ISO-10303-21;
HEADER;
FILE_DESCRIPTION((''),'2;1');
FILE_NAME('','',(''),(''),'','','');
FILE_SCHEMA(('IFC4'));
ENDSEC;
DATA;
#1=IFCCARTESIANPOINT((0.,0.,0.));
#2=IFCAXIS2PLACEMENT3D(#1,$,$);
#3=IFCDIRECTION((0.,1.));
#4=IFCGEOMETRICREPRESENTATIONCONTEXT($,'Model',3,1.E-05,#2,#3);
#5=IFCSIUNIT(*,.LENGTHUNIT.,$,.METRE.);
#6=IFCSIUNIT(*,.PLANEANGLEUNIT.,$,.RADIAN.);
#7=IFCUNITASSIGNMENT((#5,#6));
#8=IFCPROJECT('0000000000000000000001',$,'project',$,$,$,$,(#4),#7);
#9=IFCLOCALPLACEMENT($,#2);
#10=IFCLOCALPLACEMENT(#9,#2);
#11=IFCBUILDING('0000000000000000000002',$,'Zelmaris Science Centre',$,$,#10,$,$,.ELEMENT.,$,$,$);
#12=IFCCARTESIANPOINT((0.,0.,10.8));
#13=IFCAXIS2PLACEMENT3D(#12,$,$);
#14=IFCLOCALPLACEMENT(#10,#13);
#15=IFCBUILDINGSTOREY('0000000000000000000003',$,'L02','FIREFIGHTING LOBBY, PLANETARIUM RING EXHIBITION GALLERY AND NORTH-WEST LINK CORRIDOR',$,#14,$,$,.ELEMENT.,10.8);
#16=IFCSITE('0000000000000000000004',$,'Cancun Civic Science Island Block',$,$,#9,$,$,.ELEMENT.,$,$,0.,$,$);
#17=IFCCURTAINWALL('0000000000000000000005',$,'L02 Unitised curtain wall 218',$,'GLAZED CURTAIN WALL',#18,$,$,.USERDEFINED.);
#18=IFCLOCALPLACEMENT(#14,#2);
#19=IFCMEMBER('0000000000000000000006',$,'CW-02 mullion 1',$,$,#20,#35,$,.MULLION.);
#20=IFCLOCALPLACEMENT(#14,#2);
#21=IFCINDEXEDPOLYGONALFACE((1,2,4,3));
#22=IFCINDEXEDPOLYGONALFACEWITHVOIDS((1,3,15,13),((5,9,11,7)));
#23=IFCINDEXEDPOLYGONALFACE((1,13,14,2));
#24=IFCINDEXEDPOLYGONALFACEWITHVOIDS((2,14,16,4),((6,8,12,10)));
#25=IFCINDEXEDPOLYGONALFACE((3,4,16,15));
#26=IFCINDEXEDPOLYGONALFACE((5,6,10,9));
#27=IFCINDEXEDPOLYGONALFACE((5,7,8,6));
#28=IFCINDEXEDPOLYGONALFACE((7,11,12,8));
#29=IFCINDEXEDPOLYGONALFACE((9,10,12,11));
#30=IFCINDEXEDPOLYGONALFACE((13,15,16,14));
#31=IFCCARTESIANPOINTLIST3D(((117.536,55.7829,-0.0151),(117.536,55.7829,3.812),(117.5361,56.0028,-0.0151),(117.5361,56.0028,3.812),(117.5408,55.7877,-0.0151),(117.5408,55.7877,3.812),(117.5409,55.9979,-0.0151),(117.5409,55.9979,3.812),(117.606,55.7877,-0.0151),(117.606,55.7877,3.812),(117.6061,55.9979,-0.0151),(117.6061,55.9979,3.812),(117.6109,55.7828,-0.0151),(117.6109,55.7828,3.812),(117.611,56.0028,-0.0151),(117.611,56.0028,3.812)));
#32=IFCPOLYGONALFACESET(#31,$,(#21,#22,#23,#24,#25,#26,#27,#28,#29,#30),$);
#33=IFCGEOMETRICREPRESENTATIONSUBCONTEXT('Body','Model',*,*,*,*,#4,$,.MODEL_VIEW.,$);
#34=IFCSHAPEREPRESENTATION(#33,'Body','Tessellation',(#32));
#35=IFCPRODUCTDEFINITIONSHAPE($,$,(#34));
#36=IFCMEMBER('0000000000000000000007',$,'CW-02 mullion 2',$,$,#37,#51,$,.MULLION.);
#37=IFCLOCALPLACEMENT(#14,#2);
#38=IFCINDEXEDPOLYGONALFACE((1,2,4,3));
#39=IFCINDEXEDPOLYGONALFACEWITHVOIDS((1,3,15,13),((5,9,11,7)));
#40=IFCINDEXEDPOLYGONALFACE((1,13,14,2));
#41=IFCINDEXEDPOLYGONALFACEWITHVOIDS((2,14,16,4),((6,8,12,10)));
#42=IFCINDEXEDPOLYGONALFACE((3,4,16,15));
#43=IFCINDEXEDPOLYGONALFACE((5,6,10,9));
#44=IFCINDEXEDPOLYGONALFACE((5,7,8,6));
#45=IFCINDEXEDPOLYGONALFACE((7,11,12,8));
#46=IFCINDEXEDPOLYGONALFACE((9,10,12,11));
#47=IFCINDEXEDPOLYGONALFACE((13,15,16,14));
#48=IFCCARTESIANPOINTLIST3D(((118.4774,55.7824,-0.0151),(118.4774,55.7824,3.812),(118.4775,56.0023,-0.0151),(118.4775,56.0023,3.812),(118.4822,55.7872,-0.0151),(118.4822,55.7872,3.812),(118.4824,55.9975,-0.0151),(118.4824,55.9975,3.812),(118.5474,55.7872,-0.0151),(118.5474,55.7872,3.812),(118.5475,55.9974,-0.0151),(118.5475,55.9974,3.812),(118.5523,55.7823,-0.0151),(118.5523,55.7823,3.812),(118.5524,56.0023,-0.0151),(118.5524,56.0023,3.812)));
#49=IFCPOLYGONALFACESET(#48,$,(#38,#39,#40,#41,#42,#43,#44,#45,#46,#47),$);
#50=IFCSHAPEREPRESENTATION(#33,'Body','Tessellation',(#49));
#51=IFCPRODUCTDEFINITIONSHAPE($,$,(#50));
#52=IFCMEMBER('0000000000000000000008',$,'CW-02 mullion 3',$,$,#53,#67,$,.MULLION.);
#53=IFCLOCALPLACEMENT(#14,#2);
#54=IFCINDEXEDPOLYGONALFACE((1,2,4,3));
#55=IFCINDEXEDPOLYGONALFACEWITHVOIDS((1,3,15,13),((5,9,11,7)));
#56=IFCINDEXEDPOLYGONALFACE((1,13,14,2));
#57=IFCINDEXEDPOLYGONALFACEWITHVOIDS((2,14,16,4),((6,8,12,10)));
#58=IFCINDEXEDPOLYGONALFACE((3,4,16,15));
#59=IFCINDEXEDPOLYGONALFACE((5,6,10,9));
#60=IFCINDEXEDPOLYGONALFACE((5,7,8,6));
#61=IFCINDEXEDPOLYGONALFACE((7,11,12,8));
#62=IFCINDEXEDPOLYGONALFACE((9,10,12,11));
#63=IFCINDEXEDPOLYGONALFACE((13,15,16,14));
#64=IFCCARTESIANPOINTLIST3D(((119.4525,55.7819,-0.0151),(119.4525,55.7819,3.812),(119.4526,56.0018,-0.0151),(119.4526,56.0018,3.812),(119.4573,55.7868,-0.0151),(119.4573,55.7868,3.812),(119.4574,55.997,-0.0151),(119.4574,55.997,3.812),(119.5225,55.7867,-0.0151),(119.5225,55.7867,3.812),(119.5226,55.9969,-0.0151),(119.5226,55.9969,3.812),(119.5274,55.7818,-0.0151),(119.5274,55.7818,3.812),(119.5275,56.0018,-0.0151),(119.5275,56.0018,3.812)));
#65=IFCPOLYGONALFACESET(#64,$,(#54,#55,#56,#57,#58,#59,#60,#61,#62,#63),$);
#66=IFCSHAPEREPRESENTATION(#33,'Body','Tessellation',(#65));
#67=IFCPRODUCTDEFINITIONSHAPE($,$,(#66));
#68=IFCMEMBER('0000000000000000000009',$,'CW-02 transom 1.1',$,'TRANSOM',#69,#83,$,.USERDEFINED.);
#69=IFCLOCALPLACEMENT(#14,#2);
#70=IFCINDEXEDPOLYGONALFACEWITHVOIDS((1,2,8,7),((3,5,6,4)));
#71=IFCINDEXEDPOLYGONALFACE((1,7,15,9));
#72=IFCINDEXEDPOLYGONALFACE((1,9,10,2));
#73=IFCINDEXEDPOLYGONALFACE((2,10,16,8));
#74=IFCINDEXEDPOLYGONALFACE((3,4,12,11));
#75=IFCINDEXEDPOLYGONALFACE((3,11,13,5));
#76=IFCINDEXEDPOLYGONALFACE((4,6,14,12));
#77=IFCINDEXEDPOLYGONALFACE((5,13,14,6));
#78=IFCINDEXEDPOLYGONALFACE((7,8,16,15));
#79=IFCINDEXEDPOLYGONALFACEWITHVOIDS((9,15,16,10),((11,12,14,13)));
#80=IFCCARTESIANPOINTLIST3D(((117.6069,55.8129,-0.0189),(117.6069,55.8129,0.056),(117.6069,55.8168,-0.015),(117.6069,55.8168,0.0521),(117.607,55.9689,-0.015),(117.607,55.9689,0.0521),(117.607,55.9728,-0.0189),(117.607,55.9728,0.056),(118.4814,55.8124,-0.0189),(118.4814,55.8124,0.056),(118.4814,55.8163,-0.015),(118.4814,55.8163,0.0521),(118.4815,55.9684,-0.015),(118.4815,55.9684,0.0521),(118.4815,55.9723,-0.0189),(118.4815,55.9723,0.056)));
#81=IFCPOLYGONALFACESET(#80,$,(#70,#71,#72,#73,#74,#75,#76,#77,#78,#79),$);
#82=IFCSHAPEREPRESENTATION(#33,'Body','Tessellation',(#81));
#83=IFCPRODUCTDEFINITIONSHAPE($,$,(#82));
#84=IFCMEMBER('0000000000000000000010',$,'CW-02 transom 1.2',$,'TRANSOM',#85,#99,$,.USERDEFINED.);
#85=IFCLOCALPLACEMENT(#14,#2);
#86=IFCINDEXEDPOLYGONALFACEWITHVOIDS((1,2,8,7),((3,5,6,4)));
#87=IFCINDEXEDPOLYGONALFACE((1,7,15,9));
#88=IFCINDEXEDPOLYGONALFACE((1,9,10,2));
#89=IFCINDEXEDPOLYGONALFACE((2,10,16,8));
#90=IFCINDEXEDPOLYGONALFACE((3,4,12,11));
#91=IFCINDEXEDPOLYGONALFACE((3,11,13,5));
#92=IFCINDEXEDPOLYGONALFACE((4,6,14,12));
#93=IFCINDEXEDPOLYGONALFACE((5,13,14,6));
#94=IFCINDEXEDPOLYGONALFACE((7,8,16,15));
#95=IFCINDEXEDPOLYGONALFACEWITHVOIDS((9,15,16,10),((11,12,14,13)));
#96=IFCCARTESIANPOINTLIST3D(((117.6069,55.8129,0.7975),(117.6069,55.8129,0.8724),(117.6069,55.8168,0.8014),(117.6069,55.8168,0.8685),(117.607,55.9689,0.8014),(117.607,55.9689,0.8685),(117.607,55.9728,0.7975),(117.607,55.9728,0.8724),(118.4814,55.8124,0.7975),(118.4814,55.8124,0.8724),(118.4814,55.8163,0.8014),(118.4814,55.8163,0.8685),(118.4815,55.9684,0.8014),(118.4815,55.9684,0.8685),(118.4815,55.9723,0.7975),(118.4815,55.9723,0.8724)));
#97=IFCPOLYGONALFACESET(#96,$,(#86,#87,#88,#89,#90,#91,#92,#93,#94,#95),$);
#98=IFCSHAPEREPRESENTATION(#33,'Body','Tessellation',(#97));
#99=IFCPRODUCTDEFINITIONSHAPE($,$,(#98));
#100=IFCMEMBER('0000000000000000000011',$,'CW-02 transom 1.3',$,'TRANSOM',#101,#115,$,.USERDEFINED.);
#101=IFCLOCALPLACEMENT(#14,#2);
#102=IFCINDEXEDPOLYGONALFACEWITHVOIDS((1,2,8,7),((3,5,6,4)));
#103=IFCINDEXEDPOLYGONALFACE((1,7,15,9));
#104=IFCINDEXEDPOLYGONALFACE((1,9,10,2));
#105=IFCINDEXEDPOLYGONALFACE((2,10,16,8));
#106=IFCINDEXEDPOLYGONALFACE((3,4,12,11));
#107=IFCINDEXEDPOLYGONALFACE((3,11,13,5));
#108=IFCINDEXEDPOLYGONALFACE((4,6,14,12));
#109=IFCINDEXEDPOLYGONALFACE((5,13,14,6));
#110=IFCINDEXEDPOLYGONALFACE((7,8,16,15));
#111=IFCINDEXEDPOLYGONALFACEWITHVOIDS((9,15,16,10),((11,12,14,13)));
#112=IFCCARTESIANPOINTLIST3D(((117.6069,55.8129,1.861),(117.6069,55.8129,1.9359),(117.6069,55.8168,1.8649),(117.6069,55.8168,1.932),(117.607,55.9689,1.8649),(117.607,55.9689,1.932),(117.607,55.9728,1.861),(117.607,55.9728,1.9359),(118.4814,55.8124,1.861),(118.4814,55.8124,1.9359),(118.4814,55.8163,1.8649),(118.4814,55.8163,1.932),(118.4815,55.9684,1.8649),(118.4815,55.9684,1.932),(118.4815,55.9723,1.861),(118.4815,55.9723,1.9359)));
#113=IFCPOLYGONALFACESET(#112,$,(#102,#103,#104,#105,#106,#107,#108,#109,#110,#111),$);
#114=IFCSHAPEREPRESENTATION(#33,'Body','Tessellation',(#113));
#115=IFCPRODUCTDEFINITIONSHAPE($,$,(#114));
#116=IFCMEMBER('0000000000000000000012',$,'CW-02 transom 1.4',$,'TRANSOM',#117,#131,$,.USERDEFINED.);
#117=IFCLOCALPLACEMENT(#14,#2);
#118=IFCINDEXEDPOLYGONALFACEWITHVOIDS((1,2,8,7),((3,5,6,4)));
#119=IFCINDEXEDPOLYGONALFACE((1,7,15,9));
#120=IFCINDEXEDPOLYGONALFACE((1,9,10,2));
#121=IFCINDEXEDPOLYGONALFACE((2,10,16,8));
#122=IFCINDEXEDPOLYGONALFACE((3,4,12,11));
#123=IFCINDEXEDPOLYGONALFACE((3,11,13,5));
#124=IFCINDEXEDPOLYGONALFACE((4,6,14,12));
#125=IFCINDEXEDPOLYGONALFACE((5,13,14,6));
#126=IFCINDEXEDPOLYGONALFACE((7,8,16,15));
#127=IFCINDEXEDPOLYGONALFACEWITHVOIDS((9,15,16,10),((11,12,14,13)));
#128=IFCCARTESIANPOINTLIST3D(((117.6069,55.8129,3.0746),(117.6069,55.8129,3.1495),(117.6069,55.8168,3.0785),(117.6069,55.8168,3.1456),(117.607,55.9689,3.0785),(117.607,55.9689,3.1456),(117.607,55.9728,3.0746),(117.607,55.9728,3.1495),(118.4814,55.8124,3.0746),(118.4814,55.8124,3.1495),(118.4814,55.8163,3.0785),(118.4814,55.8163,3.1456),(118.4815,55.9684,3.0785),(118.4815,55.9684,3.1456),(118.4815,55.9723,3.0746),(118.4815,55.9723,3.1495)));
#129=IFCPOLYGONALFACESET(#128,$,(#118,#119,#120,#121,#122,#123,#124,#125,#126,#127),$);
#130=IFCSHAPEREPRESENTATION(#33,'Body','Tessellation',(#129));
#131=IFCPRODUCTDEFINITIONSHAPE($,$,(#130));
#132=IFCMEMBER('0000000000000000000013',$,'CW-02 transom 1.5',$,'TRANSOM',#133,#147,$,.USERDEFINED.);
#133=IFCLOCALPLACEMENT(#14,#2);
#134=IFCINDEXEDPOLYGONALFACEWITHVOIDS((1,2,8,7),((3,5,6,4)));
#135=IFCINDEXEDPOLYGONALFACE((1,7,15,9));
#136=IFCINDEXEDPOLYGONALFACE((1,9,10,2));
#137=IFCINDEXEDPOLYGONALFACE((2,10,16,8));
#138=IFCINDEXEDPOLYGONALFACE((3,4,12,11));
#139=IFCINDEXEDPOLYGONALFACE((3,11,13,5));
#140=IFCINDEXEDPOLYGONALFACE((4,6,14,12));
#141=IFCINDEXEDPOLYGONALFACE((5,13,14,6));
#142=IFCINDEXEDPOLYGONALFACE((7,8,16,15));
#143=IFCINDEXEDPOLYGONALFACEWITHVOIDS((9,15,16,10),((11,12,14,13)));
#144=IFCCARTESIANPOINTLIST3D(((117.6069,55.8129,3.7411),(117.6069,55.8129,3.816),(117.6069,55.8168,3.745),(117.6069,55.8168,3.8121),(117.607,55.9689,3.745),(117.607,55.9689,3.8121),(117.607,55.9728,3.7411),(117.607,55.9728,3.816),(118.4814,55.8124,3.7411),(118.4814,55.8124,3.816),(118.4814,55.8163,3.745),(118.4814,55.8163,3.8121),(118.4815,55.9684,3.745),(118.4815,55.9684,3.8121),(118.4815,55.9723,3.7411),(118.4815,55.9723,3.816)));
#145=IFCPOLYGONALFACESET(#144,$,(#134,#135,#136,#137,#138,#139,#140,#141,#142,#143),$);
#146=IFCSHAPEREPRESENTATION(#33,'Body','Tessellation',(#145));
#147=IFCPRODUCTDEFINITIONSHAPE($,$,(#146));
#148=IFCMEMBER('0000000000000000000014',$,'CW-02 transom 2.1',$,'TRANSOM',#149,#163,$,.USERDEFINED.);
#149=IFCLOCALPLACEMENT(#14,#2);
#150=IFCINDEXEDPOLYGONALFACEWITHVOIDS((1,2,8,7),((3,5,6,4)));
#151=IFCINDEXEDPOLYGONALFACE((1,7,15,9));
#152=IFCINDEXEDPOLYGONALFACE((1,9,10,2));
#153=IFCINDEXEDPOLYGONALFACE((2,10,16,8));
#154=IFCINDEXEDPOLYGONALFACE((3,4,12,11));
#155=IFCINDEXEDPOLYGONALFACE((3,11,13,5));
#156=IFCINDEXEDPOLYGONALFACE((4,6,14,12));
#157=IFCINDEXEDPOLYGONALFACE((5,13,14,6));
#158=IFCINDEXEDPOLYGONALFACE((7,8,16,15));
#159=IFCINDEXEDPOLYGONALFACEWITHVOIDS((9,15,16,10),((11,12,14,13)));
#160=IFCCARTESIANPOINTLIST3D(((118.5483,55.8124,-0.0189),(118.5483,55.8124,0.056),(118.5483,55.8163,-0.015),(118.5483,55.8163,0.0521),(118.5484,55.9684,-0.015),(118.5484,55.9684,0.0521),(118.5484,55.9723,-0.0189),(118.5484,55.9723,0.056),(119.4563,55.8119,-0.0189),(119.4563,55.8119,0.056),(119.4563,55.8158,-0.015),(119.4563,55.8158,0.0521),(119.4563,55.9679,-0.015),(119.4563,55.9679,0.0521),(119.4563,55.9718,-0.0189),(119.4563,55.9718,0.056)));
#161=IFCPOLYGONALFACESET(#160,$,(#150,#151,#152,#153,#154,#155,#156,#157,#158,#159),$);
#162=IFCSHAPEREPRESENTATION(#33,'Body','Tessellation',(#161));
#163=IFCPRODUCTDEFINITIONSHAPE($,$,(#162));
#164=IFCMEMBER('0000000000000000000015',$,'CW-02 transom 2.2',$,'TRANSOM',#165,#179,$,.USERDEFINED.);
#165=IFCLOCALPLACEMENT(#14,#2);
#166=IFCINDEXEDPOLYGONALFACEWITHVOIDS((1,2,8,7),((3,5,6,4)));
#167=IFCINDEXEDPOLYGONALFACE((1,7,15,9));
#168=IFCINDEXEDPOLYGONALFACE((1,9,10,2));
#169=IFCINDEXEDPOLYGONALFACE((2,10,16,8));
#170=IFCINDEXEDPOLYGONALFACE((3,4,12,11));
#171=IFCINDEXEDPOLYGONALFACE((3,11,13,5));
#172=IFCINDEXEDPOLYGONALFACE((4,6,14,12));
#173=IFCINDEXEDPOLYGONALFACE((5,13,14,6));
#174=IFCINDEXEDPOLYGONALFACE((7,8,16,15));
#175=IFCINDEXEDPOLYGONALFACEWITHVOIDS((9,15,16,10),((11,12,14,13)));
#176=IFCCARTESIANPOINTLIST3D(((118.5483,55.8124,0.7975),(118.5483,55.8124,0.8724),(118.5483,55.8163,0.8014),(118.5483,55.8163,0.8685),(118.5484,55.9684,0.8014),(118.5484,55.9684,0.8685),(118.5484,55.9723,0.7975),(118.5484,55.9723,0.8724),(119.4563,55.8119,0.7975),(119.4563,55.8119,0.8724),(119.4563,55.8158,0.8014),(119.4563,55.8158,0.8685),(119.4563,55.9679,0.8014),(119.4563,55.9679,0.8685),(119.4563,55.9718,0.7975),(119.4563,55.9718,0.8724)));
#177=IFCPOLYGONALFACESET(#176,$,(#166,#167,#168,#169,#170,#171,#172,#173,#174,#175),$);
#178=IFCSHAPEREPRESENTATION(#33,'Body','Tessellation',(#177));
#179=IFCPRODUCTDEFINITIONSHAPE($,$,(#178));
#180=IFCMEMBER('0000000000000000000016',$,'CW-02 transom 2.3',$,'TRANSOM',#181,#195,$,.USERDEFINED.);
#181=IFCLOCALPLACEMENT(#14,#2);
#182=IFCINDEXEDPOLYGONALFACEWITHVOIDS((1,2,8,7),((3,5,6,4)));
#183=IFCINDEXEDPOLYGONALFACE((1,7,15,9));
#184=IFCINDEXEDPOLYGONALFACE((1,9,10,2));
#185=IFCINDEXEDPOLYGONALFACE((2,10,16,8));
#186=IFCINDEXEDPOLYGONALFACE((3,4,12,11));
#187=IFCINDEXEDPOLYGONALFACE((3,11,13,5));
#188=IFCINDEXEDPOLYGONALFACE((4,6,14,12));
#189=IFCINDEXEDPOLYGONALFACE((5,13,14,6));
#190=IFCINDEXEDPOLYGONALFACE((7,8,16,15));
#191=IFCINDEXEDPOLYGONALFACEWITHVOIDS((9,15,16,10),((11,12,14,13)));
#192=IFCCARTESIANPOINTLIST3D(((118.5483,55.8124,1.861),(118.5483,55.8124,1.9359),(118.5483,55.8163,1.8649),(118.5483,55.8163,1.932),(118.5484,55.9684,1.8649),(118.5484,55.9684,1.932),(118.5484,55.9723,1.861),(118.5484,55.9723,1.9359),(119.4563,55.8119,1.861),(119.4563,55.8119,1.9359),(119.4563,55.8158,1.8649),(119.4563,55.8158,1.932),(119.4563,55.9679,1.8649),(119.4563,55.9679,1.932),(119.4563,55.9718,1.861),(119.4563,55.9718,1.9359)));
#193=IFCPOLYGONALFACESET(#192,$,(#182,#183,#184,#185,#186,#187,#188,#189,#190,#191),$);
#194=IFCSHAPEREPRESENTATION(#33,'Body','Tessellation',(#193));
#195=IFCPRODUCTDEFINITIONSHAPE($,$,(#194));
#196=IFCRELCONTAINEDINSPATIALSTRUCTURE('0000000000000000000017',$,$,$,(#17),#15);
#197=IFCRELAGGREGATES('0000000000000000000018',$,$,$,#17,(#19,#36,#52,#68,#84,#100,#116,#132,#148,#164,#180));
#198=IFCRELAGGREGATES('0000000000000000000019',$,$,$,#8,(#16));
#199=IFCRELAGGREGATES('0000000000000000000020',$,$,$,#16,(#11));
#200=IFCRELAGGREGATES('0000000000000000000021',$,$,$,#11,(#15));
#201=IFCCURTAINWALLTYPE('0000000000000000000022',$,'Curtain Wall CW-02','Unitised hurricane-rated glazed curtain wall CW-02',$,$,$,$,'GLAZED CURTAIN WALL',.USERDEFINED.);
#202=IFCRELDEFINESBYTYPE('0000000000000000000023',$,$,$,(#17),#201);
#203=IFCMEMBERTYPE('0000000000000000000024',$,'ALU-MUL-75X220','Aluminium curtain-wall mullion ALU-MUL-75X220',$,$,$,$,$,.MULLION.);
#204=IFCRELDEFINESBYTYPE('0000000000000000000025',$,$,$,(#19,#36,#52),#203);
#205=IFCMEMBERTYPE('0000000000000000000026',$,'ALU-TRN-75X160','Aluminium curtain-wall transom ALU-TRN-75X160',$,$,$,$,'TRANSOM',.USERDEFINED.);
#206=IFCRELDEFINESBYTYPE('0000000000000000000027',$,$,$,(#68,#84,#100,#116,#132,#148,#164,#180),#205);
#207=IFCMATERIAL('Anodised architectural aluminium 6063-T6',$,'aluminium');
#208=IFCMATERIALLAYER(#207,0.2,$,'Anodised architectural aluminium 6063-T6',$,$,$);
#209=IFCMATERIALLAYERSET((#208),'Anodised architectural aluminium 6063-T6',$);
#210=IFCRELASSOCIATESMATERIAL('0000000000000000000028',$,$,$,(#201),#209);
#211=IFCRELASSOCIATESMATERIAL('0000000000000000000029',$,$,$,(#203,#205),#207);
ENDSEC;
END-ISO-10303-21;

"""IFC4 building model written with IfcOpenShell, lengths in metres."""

from ifc_helpers import new_model, si_unit, direction, frame, origin, origin_2d, place, context, subcontext, project, spatial, hollow_rectangle, extrude, material, layer, layer_set, material_profile, profile_set, type_object, element, aggregate, save


model = new_model("IFC4")

# Units and contexts
model_context = context("Model", 3, precision=1e-05, world=origin(), true_north=direction((0.0, 1.0)))
body_context = subcontext(model_context, "Body", "Model", "MODEL_VIEW")
ifc_project = project(units=[si_unit("LENGTHUNIT", "METRE"), si_unit("PLANEANGLEUNIT", "RADIAN")], contexts=[model_context])

# Site, building, storey
site_placement = place(None, origin())
site = spatial("IfcSite", under=ifc_project, at=site_placement, Name="Cancun Civic Science Island Block", CompositionType="ELEMENT", RefElevation=0.0)
building_placement = place(site_placement, origin())
building = spatial("IfcBuilding", under=site, at=building_placement, Name="Zelmaris Science Centre", CompositionType="ELEMENT")
storey_placement = place(building_placement, frame((0.0, 0.0, 10.8)))
storey = spatial("IfcBuildingStorey", under=building, at=storey_placement, Name="L02", Description="FIREFIGHTING LOBBY, PLANETARIUM RING EXHIBITION GALLERY AND NORTH-WEST LINK CORRIDOR", CompositionType="ELEMENT", Elevation=10.8)

# Curtain wall, members
ifc_material_1 = material(Name="Anodised architectural aluminium 6063-T6", Category="aluminium")
ifc_layer_1 = layer(ifc_material_1, 0.2, Name="Anodised architectural aluminium 6063-T6")
ifc_layer_set_1 = layer_set([ifc_layer_1], Name="Anodised architectural aluminium 6063-T6")
curtain_wall_type = type_object("IfcCurtainWallType", Name="Curtain Wall CW-02", Description="Unitised hurricane-rated glazed curtain wall CW-02", ElementType="GLAZED CURTAIN WALL", PredefinedType="USERDEFINED", material=ifc_layer_set_1)
curtain_wall_placement = place(storey_placement, origin())
curtain_wall = element("IfcCurtainWall", 1, at=curtain_wall_placement, inside=storey, type_object=curtain_wall_type, Name="L02 Unitised curtain wall 218", ObjectType="GLAZED CURTAIN WALL", PredefinedType="USERDEFINED")
ifc_material_profile_1 = material_profile(ifc_material_1, hollow_rectangle(XDim=0.075, YDim=0.22, WallThickness=0.0049, at=origin_2d()), Name="ALU-MUL-75X220")
ifc_profile_set_1 = profile_set([ifc_material_profile_1], Name="Anodised architectural aluminium 6063-T6")
member_type_1 = type_object("IfcMemberType", Name="ALU-MUL-75X220", Description="Aluminium curtain-wall mullion ALU-MUL-75X220", PredefinedType="MULLION", material=ifc_profile_set_1)
member_1_placement = place(storey_placement, frame((117.5735, 55.8928, -0.0151), z_axis=(0.0, 0.0, 1.0), x_axis=(1.0, -0.000489, 0.0)))
member_1 = element("IfcMember", 2, at=member_1_placement, type_object=member_type_1, Name="CW-02 mullion 1", PredefinedType="MULLION", context=body_context, shape_type="SweptSolid", body=[
    extrude(hollow_rectangle(XDim=0.075, YDim=0.22, WallThickness=0.0049, at=origin_2d()), origin(), (0.0, 0.0, 1.0), 3.8271),
])
member_2_placement = place(storey_placement, frame((118.5149, 55.8923, -0.0151), z_axis=(0.0, 0.0, 1.0), x_axis=(1.0, -0.000489, 0.0)))
member_2 = element("IfcMember", 3, at=member_2_placement, type_object=member_type_1, Name="CW-02 mullion 2", PredefinedType="MULLION", context=body_context, shape_type="SweptSolid", body=[
    extrude(hollow_rectangle(XDim=0.075, YDim=0.22, WallThickness=0.0049, at=origin_2d()), origin(), (0.0, 0.0, 1.0), 3.8271),
])
member_3_placement = place(storey_placement, frame((119.49, 55.8918, -0.0151), z_axis=(0.0, 0.0, 1.0), x_axis=(1.0, -0.000489, 0.0)))
member_3 = element("IfcMember", 4, at=member_3_placement, type_object=member_type_1, Name="CW-02 mullion 3", PredefinedType="MULLION", context=body_context, shape_type="SweptSolid", body=[
    extrude(hollow_rectangle(XDim=0.075, YDim=0.22, WallThickness=0.0049, at=origin_2d()), origin(), (0.0, 0.0, 1.0), 3.8271),
])
ifc_material_profile_2 = material_profile(ifc_material_1, hollow_rectangle(XDim=0.075, YDim=0.1599, WallThickness=0.0039, at=origin_2d()), Name="ALU-TRN-75X160")
ifc_profile_set_2 = profile_set([ifc_material_profile_2], Name="Anodised architectural aluminium 6063-T6")
member_type_2 = type_object("IfcMemberType", Name="ALU-TRN-75X160", Description="Aluminium curtain-wall transom ALU-TRN-75X160", ElementType="TRANSOM", PredefinedType="USERDEFINED", material=ifc_profile_set_2)
member_4_placement = place(storey_placement, frame((117.6069, 55.8928, 0.0186), z_axis=(1.0, -0.000558, 0.0), x_axis=(0.0, 0.0, 1.0)))
member_4 = element("IfcMember", 5, at=member_4_placement, type_object=member_type_2, Name="CW-02 transom 1.1", ObjectType="TRANSOM", PredefinedType="USERDEFINED", context=body_context, shape_type="SweptSolid", body=[
    extrude(hollow_rectangle(XDim=0.075, YDim=0.1599, WallThickness=0.0039, at=origin_2d()), origin(), (0.0, 0.0, 1.0), 0.8745),
])
member_5_placement = place(storey_placement, frame((117.6069, 55.8928, 0.835), z_axis=(1.0, -0.000558, 0.0), x_axis=(0.0, 0.0, 1.0)))
member_5 = element("IfcMember", 6, at=member_5_placement, type_object=member_type_2, Name="CW-02 transom 1.2", ObjectType="TRANSOM", PredefinedType="USERDEFINED", context=body_context, shape_type="SweptSolid", body=[
    extrude(hollow_rectangle(XDim=0.075, YDim=0.1599, WallThickness=0.0039, at=origin_2d()), origin(), (0.0, 0.0, 1.0), 0.8745),
])
member_6_placement = place(storey_placement, frame((117.6069, 55.8928, 1.8984), z_axis=(1.0, -0.000558, 0.0), x_axis=(0.0, 0.0, 1.0)))
member_6 = element("IfcMember", 7, at=member_6_placement, type_object=member_type_2, Name="CW-02 transom 1.3", ObjectType="TRANSOM", PredefinedType="USERDEFINED", context=body_context, shape_type="SweptSolid", body=[
    extrude(hollow_rectangle(XDim=0.075, YDim=0.1599, WallThickness=0.0039, at=origin_2d()), origin(), (0.0, 0.0, 1.0), 0.8745),
])
member_7_placement = place(storey_placement, frame((117.6069, 55.8928, 3.1121), z_axis=(1.0, -0.000558, 0.0), x_axis=(0.0, 0.0, 1.0)))
member_7 = element("IfcMember", 8, at=member_7_placement, type_object=member_type_2, Name="CW-02 transom 1.4", ObjectType="TRANSOM", PredefinedType="USERDEFINED", context=body_context, shape_type="SweptSolid", body=[
    extrude(hollow_rectangle(XDim=0.075, YDim=0.1599, WallThickness=0.0039, at=origin_2d()), origin(), (0.0, 0.0, 1.0), 0.8745),
])
member_8_placement = place(storey_placement, frame((117.6069, 55.8928, 3.7786), z_axis=(1.0, -0.000558, 0.0), x_axis=(0.0, 0.0, 1.0)))
member_8 = element("IfcMember", 9, at=member_8_placement, type_object=member_type_2, Name="CW-02 transom 1.5", ObjectType="TRANSOM", PredefinedType="USERDEFINED", context=body_context, shape_type="SweptSolid", body=[
    extrude(hollow_rectangle(XDim=0.075, YDim=0.1599, WallThickness=0.0039, at=origin_2d()), origin(), (0.0, 0.0, 1.0), 0.8745),
])
member_9_placement = place(storey_placement, frame((118.5483, 55.8923, 0.0186), z_axis=(1.0, -0.000538, 0.0), x_axis=(0.0, 0.0, 1.0)))
member_9 = element("IfcMember", 10, at=member_9_placement, type_object=member_type_2, Name="CW-02 transom 2.1", ObjectType="TRANSOM", PredefinedType="USERDEFINED", context=body_context, shape_type="SweptSolid", body=[
    extrude(hollow_rectangle(XDim=0.075, YDim=0.1599, WallThickness=0.0039, at=origin_2d()), origin(), (0.0, 0.0, 1.0), 0.908),
])
member_10_placement = place(storey_placement, frame((118.5483, 55.8923, 0.835), z_axis=(1.0, -0.000538, 0.0), x_axis=(0.0, 0.0, 1.0)))
member_10 = element("IfcMember", 11, at=member_10_placement, type_object=member_type_2, Name="CW-02 transom 2.2", ObjectType="TRANSOM", PredefinedType="USERDEFINED", context=body_context, shape_type="SweptSolid", body=[
    extrude(hollow_rectangle(XDim=0.075, YDim=0.1599, WallThickness=0.0039, at=origin_2d()), origin(), (0.0, 0.0, 1.0), 0.908),
])
member_11_placement = place(storey_placement, frame((118.5483, 55.8923, 1.8984), z_axis=(1.0, -0.000538, 0.0), x_axis=(0.0, 0.0, 1.0)))
member_11 = element("IfcMember", 12, at=member_11_placement, type_object=member_type_2, Name="CW-02 transom 2.3", ObjectType="TRANSOM", PredefinedType="USERDEFINED", context=body_context, shape_type="SweptSolid", body=[
    extrude(hollow_rectangle(XDim=0.075, YDim=0.1599, WallThickness=0.0039, at=origin_2d()), origin(), (0.0, 0.0, 1.0), 0.908),
])
aggregate(curtain_wall, [member_1, member_2, member_3, member_4, member_5, member_6, member_7, member_8, member_9, member_10, member_11])

save(model, "model.ifc")
